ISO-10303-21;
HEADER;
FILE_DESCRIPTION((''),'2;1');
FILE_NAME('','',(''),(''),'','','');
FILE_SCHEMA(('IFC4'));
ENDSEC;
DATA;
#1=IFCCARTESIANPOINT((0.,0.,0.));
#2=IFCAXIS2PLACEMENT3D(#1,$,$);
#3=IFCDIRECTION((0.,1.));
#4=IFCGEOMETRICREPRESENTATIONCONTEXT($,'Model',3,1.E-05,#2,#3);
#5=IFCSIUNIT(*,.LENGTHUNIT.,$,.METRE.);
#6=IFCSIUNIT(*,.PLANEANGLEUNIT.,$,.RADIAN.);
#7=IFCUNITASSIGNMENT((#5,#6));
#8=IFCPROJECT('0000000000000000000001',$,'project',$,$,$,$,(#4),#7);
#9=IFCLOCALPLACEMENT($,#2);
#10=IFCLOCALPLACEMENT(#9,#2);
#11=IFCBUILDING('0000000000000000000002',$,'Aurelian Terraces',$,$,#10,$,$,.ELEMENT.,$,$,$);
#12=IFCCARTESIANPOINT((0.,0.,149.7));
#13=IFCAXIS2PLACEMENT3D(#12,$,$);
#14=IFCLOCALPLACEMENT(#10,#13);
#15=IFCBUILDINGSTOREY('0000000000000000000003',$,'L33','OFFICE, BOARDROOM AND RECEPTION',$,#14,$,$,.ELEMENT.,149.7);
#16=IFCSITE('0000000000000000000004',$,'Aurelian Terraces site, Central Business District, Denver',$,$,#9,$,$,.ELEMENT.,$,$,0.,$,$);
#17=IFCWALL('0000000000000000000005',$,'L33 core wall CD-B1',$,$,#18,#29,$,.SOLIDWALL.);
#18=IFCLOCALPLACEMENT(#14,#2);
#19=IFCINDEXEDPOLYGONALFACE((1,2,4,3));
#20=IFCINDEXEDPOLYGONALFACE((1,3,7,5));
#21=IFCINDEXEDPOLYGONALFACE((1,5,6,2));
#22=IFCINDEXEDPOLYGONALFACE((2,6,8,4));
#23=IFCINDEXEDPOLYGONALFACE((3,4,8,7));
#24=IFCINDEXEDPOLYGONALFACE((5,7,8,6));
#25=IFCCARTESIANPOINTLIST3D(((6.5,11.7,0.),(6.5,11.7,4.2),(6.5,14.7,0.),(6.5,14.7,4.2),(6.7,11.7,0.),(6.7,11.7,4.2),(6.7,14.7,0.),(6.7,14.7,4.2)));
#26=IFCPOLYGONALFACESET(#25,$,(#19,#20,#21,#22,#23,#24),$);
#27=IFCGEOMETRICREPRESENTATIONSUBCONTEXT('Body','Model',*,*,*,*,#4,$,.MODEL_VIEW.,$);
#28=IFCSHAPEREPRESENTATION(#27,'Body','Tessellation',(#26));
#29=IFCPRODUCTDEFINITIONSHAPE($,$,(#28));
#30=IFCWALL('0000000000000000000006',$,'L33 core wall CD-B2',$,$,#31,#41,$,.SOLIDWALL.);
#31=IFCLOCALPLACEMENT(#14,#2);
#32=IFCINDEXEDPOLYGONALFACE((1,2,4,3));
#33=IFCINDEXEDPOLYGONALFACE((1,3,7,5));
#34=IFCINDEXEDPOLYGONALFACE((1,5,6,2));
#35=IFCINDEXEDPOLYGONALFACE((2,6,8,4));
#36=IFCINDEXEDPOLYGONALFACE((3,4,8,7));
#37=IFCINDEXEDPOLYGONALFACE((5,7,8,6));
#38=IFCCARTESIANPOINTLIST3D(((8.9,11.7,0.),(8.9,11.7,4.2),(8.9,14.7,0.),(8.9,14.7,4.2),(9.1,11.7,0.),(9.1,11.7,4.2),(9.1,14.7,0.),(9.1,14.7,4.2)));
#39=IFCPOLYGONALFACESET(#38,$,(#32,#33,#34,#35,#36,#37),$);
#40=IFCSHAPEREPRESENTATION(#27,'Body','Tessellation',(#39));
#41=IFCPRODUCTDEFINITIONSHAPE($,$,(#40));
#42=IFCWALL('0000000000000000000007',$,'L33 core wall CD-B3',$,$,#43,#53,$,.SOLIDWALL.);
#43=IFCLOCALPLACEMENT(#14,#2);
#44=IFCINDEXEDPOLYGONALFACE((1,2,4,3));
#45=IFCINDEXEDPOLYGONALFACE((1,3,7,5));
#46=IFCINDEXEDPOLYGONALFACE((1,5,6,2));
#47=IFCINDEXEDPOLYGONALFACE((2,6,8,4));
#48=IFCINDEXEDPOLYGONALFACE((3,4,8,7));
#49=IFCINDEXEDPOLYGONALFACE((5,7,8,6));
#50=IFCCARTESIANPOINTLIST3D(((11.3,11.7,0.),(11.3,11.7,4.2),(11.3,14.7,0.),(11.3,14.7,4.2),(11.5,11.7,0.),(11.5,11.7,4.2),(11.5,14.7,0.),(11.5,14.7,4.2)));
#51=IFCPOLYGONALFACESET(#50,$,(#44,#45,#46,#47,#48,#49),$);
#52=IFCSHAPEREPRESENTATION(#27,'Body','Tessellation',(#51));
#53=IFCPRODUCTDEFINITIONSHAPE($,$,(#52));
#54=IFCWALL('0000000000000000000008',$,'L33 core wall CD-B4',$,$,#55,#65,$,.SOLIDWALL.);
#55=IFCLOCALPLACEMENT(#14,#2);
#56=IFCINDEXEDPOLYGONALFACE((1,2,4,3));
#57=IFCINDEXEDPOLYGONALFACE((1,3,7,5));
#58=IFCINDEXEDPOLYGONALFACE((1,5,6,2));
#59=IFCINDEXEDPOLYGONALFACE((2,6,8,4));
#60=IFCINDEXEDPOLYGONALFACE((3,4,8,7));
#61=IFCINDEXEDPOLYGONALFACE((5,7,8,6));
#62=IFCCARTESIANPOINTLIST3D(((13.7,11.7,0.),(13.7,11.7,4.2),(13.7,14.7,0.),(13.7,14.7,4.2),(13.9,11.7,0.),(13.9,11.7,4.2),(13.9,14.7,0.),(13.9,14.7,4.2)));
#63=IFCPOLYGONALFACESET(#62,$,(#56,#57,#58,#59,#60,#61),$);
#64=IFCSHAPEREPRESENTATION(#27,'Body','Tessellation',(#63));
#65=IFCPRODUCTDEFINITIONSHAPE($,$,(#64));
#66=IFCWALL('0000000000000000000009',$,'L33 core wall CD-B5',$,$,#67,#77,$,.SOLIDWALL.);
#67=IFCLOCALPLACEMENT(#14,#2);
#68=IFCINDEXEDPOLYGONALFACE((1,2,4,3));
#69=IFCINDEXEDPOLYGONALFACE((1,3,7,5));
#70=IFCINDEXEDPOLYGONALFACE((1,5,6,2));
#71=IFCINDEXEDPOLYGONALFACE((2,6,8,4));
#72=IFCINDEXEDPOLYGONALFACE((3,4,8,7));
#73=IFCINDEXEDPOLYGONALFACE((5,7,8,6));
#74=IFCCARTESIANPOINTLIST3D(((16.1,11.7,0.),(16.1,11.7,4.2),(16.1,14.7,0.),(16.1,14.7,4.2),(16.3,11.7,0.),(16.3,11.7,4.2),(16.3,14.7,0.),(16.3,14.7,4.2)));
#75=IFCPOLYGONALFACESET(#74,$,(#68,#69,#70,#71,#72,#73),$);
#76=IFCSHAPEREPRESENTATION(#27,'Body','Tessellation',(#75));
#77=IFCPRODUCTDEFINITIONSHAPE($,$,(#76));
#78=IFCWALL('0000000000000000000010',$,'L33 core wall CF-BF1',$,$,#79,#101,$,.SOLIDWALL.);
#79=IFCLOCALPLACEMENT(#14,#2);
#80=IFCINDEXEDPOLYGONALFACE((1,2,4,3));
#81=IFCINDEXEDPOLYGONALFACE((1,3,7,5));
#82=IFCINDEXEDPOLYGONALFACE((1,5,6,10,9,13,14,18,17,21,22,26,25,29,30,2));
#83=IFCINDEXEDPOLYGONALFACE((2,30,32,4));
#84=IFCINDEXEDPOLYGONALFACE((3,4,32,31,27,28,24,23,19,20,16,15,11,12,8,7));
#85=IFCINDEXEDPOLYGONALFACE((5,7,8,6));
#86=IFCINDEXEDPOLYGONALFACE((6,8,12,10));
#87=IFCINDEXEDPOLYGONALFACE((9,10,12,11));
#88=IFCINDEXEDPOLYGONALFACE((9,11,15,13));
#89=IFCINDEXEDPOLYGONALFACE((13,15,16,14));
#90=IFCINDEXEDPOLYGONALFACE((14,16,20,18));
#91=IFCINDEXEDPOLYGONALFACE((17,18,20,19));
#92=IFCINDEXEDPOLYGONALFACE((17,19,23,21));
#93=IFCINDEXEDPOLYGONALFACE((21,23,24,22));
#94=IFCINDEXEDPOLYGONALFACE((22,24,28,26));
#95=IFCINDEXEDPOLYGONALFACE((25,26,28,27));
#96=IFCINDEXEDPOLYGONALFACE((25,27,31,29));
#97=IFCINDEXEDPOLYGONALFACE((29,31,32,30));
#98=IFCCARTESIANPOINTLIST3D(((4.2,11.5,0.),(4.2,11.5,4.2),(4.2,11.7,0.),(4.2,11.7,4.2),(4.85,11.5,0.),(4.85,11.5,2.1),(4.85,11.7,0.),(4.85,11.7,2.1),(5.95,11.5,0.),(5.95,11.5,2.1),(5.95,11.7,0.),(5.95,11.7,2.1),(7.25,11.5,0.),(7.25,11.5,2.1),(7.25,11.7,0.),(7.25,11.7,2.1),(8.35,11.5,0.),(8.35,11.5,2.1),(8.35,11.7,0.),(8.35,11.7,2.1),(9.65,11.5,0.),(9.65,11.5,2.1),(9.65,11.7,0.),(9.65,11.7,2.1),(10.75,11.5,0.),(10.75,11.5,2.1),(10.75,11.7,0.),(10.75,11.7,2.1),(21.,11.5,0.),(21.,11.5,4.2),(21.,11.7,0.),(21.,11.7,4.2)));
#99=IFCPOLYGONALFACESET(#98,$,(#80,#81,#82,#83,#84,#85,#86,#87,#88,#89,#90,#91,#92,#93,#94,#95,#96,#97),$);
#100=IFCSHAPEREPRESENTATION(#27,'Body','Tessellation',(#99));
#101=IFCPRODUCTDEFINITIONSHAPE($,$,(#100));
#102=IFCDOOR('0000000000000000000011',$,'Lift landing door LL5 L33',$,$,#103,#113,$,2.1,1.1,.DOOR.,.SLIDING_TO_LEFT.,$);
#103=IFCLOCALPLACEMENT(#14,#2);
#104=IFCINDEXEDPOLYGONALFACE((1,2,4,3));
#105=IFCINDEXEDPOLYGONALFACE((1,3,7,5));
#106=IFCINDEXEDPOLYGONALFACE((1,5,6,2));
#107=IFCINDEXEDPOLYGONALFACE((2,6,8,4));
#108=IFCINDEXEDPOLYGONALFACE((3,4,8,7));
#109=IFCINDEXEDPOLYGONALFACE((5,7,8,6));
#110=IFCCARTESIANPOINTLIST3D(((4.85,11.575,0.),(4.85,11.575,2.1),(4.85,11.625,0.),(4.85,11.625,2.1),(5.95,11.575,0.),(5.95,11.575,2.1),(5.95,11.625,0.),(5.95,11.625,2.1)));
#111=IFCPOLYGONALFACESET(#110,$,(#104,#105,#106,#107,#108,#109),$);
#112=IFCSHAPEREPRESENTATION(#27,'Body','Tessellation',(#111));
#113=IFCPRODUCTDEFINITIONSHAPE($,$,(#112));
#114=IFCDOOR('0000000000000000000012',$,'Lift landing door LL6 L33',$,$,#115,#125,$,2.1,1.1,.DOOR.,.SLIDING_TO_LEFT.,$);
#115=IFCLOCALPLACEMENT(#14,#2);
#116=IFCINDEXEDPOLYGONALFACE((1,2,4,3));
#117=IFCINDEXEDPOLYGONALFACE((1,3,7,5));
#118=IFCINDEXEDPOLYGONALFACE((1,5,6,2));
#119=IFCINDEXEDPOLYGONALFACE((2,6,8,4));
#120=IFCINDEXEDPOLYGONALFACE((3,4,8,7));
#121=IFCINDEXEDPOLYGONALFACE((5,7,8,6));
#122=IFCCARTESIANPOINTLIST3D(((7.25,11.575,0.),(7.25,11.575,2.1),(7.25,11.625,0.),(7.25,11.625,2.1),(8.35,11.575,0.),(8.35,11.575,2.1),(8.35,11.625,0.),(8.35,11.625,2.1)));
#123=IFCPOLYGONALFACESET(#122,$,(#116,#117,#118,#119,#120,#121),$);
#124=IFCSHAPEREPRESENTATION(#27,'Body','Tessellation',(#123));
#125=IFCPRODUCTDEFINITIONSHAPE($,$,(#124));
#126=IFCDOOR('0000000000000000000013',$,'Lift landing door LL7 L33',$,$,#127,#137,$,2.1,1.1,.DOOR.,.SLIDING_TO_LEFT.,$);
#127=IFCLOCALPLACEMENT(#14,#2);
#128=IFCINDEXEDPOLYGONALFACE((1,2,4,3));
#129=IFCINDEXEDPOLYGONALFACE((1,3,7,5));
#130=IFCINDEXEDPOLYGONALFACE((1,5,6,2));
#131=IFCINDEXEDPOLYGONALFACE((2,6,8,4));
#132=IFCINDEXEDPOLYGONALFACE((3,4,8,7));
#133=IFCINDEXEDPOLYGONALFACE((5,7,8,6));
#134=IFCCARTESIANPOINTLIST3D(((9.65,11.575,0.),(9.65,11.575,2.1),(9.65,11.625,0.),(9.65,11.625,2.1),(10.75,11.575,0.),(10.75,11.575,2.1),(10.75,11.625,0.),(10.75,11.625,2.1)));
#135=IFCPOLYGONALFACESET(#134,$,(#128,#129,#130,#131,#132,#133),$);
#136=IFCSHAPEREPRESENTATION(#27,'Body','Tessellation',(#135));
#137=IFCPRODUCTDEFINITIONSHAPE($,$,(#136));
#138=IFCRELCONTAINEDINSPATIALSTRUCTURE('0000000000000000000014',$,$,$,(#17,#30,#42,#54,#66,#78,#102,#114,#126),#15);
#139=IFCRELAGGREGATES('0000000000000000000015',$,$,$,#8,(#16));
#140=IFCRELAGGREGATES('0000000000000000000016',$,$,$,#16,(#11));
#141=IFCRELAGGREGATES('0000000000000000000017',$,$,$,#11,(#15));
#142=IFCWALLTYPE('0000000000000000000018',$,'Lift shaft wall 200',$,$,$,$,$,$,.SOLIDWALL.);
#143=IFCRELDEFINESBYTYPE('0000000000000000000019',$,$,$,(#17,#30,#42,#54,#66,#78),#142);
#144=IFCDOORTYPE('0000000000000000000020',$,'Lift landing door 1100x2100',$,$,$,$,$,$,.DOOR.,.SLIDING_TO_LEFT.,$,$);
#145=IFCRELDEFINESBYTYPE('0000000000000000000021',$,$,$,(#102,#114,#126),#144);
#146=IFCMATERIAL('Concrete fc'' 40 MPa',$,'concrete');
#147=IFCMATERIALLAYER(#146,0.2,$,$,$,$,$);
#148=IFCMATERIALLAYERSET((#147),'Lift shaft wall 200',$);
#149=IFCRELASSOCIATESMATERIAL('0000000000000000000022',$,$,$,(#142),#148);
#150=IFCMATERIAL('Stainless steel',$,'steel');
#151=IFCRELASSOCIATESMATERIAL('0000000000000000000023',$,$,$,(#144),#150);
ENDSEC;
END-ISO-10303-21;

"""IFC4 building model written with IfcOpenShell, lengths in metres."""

from ifc_helpers import new_model, si_unit, direction, frame, frame_2d, origin, place, context, subcontext, project, spatial, rectangle, extrude, source, transform, mapped, material, layer, layer_set, type_object, element, fill, save


model = new_model("IFC4")

# Units and contexts
model_context = context("Model", 3, precision=1e-05, world=origin(), true_north=direction((0.0, 1.0)))
body_context = subcontext(model_context, "Body", "Model", "MODEL_VIEW")
ifc_project = project(units=[si_unit("LENGTHUNIT", "METRE"), si_unit("PLANEANGLEUNIT", "RADIAN")], contexts=[model_context])

# Site, building, storey
site_placement = place(None, origin())
site = spatial("IfcSite", under=ifc_project, at=site_placement, Name="Aurelian Terraces site, Central Business District, Denver", CompositionType="ELEMENT", RefElevation=0.0)
building_placement = place(site_placement, origin())
building = spatial("IfcBuilding", under=site, at=building_placement, Name="Aurelian Terraces", CompositionType="ELEMENT")
storey_placement = place(building_placement, frame((0.0, 0.0, 149.7)))
storey = spatial("IfcBuildingStorey", under=building, at=storey_placement, Name="L33", Description="OFFICE, BOARDROOM AND RECEPTION", CompositionType="ELEMENT", Elevation=149.7)

# Walls
ifc_material_1 = material(Name="Concrete fc' 40 MPa", Category="concrete")
ifc_layer_1 = layer(ifc_material_1, 0.2)
ifc_layer_set_1 = layer_set([ifc_layer_1], Name="Lift shaft wall 200")
wall_type_1 = type_object("IfcWallType", Name="Lift shaft wall 200", PredefinedType="SOLIDWALL", material=ifc_layer_set_1)
shared_shape_1 = source(origin(), body_context, "Body", "SweptSolid", [
    extrude(rectangle(XDim=3.0, YDim=0.2, at=frame_2d((1.5, 0.0))), origin(), (0.0, 0.0, 1.0), 4.2),
])
for number, where, z_axis, x_axis, name in (
    (1, (6.6, 11.7, 0.0), (0.0, 0.0, 1.0), (0.0, 1.0, 0.0), "L33 core wall CD-B1"),
    (2, (9.0, 11.7, 0.0), (0.0, 0.0, 1.0), (0.0, 1.0, 0.0), "L33 core wall CD-B2"),
    (3, (11.4, 11.7, 0.0), (0.0, 0.0, 1.0), (0.0, 1.0, 0.0), "L33 core wall CD-B3"),
    (4, (13.8, 11.7, 0.0), (0.0, 0.0, 1.0), (0.0, 1.0, 0.0), "L33 core wall CD-B4"),
    (5, (16.2, 11.7, 0.0), (0.0, 0.0, 1.0), (0.0, 1.0, 0.0), "L33 core wall CD-B5"),
):
    element("IfcWall", number, at=place(storey_placement, frame(where, z_axis=z_axis, x_axis=x_axis)), inside=storey, type_object=wall_type_1, Name=name, PredefinedType="SOLIDWALL", context=body_context, shape_type="MappedRepresentation", body=[
        mapped(shared_shape_1, transform((0.0, 0.0, 0.0), scale=1.0)),
    ])

# Wall, openings, doors
shared_shape_2 = source(origin(), body_context, "Body", "SweptSolid", [
    extrude(rectangle(XDim=16.8, YDim=0.2, at=frame_2d((8.4, 0.0))), origin(), (0.0, 0.0, 1.0), 4.2),
])
wall_1_placement = place(storey_placement, frame((4.2, 11.6, 0.0), z_axis=(0.0, 0.0, 1.0), x_axis=(1.0, 0.0, 0.0)))
wall_1 = element("IfcWall", 6, at=wall_1_placement, inside=storey, type_object=wall_type_1, Name="L33 core wall CF-BF1", PredefinedType="SOLIDWALL", context=body_context, shape_type="MappedRepresentation", body=[
    mapped(shared_shape_2, transform((0.0, 0.0, 0.0), scale=1.0)),
])
shared_shape_3 = source(origin(), body_context, "Body", "SweptSolid", [
    extrude(rectangle(XDim=1.1, YDim=2.1, at=frame_2d((0.55, 1.05))), frame((0.0, 0.11, 0.0), z_axis=(0.0, -1.0, 0.0), x_axis=(1.0, 0.0, 0.0)), (0.0, 0.0, 1.0), 0.22),
])
opening_1_placement = place(wall_1_placement, frame((0.65, 0.0, 0.0)))
opening_1 = element("IfcOpeningElement", 7, at=opening_1_placement, cuts=wall_1, PredefinedType="OPENING", context=body_context, shape_type="MappedRepresentation", body=[
    mapped(shared_shape_3, transform((0.0, 0.0, 0.0), scale=1.0)),
])
opening_2_placement = place(wall_1_placement, frame((3.05, 0.0, 0.0)))
opening_2 = element("IfcOpeningElement", 8, at=opening_2_placement, cuts=wall_1, PredefinedType="OPENING", context=body_context, shape_type="MappedRepresentation", body=[
    mapped(shared_shape_3, transform((0.0, 0.0, 0.0), scale=1.0)),
])
opening_3_placement = place(wall_1_placement, frame((5.45, 0.0, 0.0)))
opening_3 = element("IfcOpeningElement", 9, at=opening_3_placement, cuts=wall_1, PredefinedType="OPENING", context=body_context, shape_type="MappedRepresentation", body=[
    mapped(shared_shape_3, transform((0.0, 0.0, 0.0), scale=1.0)),
])
ifc_material_2 = material(Name="Stainless steel", Category="steel")
door_type_1 = type_object("IfcDoorType", Name="Lift landing door 1100x2100", OperationType="SLIDING_TO_LEFT", PredefinedType="DOOR", material=ifc_material_2)
shared_shape_4 = source(origin(), body_context, "Body", "SweptSolid", [
    extrude(rectangle(XDim=1.1, YDim=2.1, at=frame_2d((0.55, 1.05))), frame((0.0, 0.025, 0.0), z_axis=(0.0, -1.0, 0.0), x_axis=(1.0, 0.0, 0.0)), (0.0, 0.0, 1.0), 0.05),
])
door_1_placement = place(opening_1_placement, origin())
door_1 = element("IfcDoor", 10, at=door_1_placement, inside=storey, type_object=door_type_1, Name="Lift landing door LL5 L33", OperationType="SLIDING_TO_LEFT", OverallHeight=2.1, OverallWidth=1.1, PredefinedType="DOOR", context=body_context, shape_type="MappedRepresentation", body=[
    mapped(shared_shape_4, transform((0.0, 0.0, 0.0), scale=1.0)),
])
fill(opening_1, door_1)
door_2_placement = place(opening_2_placement, origin())
door_2 = element("IfcDoor", 11, at=door_2_placement, inside=storey, type_object=door_type_1, Name="Lift landing door LL6 L33", OperationType="SLIDING_TO_LEFT", OverallHeight=2.1, OverallWidth=1.1, PredefinedType="DOOR", context=body_context, shape_type="MappedRepresentation", body=[
    mapped(shared_shape_4, transform((0.0, 0.0, 0.0), scale=1.0)),
])
fill(opening_2, door_2)
door_3_placement = place(opening_3_placement, origin())
door_3 = element("IfcDoor", 12, at=door_3_placement, inside=storey, type_object=door_type_1, Name="Lift landing door LL7 L33", OperationType="SLIDING_TO_LEFT", OverallHeight=2.1, OverallWidth=1.1, PredefinedType="DOOR", context=body_context, shape_type="MappedRepresentation", body=[
    mapped(shared_shape_4, transform((0.0, 0.0, 0.0), scale=1.0)),
])
fill(opening_3, door_3)

save(model, "model.ifc")
